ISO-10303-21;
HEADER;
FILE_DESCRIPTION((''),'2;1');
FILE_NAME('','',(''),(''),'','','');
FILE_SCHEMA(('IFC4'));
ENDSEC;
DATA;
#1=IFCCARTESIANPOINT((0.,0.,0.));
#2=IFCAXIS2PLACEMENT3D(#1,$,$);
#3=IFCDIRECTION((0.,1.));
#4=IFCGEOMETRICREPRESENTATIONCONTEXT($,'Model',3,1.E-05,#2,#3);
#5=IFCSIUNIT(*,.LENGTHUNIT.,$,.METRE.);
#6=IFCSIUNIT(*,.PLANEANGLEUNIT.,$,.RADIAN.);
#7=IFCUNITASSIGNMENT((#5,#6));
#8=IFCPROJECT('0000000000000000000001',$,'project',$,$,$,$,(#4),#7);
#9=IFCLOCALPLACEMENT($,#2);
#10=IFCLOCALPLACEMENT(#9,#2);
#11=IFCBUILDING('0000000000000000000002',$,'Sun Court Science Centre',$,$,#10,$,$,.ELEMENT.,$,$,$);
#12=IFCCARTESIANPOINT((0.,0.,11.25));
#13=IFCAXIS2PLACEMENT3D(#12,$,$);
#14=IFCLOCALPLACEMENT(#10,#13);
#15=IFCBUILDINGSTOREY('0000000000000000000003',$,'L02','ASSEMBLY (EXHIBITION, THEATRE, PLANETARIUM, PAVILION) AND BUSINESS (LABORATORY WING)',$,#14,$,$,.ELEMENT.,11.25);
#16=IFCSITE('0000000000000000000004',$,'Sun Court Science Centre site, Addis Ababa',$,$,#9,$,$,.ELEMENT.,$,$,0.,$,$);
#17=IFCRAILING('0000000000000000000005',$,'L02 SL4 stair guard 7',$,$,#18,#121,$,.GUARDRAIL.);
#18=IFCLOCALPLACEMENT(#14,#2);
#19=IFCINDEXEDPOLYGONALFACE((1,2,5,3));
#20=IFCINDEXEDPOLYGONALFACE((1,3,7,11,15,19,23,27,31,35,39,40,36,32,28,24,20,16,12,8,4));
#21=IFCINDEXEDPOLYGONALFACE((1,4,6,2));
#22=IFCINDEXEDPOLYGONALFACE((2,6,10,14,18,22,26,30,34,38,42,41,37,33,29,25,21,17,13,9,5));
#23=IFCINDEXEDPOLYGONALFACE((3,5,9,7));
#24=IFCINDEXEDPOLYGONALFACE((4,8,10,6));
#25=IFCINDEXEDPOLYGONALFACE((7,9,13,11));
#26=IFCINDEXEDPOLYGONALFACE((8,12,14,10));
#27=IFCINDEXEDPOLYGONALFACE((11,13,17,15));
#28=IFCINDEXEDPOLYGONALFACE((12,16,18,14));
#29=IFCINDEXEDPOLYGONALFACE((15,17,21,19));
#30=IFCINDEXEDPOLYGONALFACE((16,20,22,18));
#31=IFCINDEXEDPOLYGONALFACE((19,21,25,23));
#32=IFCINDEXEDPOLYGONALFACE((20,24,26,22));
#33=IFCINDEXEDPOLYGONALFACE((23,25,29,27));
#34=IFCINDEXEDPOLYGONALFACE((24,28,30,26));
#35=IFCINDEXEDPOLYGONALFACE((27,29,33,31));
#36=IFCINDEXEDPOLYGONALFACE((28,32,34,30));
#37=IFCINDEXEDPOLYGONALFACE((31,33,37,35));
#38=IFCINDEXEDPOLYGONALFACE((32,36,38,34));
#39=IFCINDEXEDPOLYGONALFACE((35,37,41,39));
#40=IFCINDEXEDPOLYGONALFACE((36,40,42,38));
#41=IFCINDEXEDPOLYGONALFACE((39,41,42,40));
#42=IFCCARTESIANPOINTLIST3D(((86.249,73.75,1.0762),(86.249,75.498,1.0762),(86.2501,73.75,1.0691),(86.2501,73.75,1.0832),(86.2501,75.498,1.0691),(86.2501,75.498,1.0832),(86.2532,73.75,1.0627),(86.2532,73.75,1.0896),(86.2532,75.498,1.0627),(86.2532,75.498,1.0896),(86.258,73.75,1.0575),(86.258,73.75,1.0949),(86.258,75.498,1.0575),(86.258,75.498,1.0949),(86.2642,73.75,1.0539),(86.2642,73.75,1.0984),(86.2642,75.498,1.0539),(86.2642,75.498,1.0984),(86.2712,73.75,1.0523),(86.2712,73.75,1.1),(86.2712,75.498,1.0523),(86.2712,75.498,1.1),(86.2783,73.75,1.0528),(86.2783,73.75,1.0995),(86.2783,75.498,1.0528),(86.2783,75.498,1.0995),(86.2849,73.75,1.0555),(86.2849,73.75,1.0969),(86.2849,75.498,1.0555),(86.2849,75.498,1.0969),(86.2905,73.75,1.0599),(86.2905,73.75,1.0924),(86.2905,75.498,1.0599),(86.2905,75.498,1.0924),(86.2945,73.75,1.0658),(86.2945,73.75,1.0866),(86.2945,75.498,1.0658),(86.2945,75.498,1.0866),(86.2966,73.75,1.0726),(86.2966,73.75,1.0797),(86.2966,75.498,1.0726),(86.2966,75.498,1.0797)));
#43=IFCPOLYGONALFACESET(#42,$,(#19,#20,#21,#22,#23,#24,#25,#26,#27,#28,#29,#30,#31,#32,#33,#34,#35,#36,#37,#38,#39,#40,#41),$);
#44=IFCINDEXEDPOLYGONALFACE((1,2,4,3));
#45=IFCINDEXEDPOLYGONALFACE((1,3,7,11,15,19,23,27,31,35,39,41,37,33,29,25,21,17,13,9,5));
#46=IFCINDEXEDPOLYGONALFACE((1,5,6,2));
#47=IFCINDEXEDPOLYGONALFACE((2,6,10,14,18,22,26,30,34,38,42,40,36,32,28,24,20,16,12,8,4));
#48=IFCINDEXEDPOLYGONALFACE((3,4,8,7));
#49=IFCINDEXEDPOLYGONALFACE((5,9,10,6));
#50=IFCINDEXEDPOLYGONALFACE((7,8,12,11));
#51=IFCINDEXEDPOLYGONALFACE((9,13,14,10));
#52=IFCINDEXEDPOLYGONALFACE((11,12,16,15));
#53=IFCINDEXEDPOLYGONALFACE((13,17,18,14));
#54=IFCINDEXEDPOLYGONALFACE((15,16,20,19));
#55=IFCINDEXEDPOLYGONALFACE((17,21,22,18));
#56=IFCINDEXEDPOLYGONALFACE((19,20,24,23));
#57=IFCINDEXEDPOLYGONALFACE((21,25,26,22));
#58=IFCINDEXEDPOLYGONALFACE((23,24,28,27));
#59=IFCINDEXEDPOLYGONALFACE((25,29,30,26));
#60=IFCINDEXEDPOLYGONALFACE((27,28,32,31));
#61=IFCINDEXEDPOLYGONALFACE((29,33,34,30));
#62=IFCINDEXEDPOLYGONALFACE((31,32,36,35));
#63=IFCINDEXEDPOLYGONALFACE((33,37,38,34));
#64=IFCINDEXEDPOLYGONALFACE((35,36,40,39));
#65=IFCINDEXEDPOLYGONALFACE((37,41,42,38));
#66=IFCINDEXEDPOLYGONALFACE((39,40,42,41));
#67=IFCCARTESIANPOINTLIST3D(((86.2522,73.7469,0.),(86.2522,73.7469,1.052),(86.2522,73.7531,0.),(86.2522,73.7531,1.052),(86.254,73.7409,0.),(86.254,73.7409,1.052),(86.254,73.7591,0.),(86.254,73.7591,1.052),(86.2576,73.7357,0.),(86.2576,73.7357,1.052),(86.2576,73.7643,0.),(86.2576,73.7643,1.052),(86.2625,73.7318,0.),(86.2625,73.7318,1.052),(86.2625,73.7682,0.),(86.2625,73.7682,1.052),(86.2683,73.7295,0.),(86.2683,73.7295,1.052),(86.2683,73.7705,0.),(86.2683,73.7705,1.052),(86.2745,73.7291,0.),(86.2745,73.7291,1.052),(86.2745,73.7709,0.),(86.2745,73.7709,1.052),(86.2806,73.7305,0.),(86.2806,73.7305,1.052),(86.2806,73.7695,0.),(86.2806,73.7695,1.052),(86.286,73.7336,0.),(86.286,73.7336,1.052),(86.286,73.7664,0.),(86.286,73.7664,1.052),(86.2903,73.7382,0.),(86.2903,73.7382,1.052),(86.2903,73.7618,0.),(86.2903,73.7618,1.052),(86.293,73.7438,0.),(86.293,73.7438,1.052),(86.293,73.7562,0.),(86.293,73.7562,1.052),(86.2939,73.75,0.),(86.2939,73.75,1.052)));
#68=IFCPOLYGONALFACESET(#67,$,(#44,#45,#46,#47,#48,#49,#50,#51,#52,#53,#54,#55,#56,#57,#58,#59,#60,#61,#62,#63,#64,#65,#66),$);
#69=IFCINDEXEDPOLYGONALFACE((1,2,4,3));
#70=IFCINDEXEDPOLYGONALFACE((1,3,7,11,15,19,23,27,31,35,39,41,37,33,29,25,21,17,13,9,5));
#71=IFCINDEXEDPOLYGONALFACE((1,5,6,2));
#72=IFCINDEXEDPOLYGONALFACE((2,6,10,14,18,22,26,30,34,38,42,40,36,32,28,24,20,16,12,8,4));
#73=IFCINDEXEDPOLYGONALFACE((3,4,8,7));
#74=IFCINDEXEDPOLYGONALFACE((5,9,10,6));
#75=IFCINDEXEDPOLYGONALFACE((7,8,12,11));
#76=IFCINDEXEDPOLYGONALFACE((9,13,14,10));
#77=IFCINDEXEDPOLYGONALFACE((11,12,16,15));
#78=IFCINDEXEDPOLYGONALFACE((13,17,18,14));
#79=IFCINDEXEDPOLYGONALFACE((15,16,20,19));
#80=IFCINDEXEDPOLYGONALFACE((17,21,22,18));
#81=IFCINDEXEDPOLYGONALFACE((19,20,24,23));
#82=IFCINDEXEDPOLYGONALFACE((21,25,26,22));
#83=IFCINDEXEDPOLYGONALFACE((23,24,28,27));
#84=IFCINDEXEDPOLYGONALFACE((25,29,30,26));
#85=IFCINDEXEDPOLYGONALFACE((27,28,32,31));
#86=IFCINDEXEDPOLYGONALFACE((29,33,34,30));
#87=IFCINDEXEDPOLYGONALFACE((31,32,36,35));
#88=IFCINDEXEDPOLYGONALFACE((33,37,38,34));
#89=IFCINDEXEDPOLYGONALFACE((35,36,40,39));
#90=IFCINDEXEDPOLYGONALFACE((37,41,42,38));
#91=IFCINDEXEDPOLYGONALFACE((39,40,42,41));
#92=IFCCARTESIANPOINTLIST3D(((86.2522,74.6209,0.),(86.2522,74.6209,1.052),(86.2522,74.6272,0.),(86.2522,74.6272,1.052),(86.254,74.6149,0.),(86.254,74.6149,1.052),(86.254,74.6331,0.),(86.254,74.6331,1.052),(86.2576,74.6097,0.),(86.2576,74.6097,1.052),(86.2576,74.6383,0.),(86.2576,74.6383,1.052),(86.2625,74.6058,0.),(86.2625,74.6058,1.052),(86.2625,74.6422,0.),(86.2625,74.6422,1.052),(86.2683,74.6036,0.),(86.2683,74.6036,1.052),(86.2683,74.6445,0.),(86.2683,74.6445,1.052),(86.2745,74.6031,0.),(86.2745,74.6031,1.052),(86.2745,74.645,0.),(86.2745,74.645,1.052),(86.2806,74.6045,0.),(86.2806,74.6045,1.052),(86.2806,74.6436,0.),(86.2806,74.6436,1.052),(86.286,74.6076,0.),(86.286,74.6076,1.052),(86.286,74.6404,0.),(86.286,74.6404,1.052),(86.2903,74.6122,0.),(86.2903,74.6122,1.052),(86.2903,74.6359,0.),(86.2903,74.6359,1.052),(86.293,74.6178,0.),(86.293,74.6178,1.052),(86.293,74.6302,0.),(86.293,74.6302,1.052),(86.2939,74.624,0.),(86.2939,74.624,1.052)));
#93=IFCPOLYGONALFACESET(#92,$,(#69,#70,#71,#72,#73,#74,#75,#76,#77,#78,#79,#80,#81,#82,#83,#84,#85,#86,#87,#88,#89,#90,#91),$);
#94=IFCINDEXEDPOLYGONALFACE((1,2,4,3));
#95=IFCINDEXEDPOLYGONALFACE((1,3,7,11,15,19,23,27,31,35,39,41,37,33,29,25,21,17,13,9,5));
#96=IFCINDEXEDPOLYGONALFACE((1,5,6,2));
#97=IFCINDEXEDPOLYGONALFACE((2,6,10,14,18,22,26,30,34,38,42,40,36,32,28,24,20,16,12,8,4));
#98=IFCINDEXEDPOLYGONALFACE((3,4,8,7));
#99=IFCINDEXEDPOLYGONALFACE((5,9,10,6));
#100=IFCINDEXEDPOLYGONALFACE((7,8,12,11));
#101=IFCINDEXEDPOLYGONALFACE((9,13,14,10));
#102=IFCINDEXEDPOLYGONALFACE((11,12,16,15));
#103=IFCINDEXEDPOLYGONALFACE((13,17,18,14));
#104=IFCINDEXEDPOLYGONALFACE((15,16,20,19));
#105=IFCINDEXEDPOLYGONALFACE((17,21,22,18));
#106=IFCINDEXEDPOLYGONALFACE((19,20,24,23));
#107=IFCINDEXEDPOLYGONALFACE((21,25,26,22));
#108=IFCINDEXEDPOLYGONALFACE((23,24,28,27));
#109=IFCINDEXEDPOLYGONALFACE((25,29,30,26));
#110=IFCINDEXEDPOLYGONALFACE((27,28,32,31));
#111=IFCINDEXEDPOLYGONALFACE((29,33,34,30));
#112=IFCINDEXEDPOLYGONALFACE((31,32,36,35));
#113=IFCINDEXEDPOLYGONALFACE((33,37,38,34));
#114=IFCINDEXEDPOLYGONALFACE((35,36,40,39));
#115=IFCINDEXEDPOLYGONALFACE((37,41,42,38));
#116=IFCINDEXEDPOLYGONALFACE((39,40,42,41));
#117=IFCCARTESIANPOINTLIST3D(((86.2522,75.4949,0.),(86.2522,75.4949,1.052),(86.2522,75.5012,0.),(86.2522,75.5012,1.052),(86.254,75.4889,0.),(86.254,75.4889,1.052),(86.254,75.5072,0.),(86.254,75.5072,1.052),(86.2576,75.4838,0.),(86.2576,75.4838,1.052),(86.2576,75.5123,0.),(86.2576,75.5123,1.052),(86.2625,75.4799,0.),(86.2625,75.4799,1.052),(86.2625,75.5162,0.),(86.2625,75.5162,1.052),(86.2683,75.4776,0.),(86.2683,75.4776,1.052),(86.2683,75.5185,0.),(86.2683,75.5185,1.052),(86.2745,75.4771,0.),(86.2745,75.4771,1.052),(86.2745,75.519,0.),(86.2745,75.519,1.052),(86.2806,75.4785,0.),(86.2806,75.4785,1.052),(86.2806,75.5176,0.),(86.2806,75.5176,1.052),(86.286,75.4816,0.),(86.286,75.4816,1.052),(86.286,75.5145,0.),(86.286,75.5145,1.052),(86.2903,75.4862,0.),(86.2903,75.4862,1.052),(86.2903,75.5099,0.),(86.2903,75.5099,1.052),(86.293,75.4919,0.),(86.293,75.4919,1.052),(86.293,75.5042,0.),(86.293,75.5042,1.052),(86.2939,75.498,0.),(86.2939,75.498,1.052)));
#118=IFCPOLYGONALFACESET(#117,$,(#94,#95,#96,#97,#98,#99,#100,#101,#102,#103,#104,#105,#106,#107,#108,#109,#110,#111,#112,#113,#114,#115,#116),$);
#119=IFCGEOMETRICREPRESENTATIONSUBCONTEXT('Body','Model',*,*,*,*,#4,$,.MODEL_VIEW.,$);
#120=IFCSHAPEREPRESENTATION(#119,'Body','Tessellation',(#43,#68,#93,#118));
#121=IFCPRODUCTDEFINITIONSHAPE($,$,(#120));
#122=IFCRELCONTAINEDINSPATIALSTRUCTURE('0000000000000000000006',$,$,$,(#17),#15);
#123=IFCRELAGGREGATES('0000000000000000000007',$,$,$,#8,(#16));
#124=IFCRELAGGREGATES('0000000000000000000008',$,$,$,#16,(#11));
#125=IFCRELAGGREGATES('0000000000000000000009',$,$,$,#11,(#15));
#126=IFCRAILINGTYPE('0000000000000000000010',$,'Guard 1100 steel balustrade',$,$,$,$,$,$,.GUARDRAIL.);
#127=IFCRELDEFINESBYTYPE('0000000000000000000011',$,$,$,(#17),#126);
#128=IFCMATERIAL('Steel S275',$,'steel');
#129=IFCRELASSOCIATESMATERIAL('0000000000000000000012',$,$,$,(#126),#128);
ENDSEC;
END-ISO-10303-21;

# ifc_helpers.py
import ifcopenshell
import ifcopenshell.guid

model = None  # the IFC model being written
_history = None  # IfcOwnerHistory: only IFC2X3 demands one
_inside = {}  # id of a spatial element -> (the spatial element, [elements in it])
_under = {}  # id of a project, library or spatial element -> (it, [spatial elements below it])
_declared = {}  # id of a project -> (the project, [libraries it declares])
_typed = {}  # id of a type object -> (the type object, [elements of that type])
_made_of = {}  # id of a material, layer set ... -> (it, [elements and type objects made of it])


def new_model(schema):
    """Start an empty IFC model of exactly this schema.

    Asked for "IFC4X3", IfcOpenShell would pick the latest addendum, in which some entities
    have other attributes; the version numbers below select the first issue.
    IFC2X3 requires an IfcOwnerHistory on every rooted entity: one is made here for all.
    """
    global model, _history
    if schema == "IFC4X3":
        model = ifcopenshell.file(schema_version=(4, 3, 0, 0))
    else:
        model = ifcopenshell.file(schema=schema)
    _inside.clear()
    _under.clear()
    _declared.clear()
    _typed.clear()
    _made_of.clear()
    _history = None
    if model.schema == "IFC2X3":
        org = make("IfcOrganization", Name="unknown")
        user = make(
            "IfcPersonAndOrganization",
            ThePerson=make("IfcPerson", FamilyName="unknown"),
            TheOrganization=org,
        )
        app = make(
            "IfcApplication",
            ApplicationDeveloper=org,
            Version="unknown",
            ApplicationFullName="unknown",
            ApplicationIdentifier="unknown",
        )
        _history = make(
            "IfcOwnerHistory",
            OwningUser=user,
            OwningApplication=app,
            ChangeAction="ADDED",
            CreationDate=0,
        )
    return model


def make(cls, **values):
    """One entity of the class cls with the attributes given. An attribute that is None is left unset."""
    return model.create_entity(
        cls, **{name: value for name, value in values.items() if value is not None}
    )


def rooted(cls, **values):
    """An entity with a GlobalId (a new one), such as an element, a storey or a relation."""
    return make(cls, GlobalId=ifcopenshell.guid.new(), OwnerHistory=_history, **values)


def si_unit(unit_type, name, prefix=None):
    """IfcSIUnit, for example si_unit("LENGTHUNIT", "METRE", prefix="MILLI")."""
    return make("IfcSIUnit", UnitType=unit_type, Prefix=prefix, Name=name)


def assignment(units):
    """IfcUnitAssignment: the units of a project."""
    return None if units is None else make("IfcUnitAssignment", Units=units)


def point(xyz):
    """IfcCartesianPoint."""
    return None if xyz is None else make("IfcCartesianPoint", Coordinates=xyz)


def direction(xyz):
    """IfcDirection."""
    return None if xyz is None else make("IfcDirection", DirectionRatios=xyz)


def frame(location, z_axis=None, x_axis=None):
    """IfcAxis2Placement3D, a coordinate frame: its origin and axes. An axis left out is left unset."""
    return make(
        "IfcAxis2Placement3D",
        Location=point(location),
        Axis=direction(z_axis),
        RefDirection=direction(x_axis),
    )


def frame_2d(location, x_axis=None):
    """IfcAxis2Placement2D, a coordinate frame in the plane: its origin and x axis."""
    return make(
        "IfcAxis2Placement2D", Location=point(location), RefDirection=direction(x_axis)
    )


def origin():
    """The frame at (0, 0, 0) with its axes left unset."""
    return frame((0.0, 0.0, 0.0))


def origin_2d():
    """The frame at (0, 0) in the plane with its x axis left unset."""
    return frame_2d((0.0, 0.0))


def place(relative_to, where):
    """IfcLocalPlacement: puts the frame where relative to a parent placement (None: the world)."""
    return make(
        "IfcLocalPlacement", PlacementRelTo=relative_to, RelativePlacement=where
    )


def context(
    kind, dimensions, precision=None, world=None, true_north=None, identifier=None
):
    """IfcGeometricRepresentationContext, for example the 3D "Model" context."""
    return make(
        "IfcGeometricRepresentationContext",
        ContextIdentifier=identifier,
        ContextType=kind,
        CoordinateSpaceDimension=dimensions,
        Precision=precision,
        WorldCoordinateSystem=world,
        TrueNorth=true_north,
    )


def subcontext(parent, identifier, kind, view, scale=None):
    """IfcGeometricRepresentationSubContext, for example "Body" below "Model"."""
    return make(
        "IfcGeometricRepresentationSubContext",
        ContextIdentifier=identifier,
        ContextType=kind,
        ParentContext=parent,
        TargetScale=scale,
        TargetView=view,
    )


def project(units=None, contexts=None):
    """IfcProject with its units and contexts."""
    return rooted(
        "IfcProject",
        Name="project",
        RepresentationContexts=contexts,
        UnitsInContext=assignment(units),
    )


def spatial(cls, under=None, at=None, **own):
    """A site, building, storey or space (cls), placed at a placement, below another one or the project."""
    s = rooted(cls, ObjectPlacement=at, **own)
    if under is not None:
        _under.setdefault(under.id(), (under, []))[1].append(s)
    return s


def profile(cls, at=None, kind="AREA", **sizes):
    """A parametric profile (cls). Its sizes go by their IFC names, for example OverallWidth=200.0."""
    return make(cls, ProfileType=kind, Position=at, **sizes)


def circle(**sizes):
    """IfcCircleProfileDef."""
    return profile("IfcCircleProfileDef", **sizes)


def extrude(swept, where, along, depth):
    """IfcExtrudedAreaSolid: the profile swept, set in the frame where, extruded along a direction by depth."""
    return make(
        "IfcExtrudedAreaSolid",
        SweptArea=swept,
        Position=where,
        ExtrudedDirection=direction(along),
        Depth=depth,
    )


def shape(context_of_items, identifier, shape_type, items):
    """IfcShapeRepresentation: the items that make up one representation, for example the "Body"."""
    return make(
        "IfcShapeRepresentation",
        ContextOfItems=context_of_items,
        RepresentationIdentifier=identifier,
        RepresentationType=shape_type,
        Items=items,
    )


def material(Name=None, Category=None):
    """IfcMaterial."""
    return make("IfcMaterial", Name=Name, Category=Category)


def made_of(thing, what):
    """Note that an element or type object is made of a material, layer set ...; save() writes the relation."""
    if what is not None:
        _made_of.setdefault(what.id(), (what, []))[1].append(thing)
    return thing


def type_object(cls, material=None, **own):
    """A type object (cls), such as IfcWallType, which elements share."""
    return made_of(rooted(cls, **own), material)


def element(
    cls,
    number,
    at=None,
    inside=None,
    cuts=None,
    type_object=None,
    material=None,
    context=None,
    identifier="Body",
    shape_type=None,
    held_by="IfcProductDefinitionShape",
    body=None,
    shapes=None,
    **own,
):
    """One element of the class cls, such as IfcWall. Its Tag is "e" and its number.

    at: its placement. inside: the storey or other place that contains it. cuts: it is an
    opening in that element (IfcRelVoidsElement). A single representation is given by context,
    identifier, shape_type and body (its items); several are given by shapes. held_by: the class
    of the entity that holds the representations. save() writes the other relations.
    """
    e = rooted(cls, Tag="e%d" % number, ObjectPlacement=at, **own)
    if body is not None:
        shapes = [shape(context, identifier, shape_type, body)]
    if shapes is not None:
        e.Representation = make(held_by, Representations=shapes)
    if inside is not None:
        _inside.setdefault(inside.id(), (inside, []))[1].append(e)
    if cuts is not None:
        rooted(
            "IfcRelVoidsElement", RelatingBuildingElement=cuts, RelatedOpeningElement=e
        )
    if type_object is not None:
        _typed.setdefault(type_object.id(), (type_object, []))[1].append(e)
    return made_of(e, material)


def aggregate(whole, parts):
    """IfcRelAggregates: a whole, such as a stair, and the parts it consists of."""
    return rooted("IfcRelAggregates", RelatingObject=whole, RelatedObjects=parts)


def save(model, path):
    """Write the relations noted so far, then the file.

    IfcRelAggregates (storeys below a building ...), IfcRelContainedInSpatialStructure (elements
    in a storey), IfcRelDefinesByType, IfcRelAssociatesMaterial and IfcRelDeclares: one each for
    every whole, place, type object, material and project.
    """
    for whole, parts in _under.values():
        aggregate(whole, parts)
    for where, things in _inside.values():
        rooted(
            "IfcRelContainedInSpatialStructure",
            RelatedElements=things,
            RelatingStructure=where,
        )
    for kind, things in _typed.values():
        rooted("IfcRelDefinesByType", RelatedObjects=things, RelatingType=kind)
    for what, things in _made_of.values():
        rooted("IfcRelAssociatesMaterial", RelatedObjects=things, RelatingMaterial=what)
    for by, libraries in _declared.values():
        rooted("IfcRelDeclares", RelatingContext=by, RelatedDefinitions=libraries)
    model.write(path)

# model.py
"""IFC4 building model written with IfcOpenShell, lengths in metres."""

from ifc_helpers import new_model, si_unit, direction, frame, origin, origin_2d, place, context, subcontext, project, spatial, circle, extrude, material, type_object, element, save


model = new_model("IFC4")

# Units and contexts
model_context = context("Model", 3, precision=1e-05, world=origin(), true_north=direction((0.0, 1.0)))
body_context = subcontext(model_context, "Body", "Model", "MODEL_VIEW")
ifc_project = project(units=[si_unit("LENGTHUNIT", "METRE"), si_unit("PLANEANGLEUNIT", "RADIAN")], contexts=[model_context])

# Site, building, storey
site_placement = place(None, origin())
site = spatial("IfcSite", under=ifc_project, at=site_placement, Name="Sun Court Science Centre site, Addis Ababa", CompositionType="ELEMENT", RefElevation=0.0)
building_placement = place(site_placement, origin())
building = spatial("IfcBuilding", under=site, at=building_placement, Name="Sun Court Science Centre", CompositionType="ELEMENT")
storey_placement = place(building_placement, frame((0.0, 0.0, 11.25)))
storey = spatial("IfcBuildingStorey", under=building, at=storey_placement, Name="L02", Description="ASSEMBLY (EXHIBITION, THEATRE, PLANETARIUM, PAVILION) AND BUSINESS (LABORATORY WING)", CompositionType="ELEMENT", Elevation=11.25)

# Railing
ifc_material_1 = material(Name="Steel S275", Category="steel")
railing_type = type_object("IfcRailingType", Name="Guard 1100 steel balustrade", PredefinedType="GUARDRAIL", material=ifc_material_1)
railing_1_placement = place(storey_placement, frame((86.2729, 73.75, 0.0)))
element("IfcRailing", 1, at=railing_1_placement, inside=storey, type_object=railing_type, Name="L02 SL4 stair guard 7", PredefinedType="GUARDRAIL", context=body_context, shape_type="SweptSolid", body=[
    extrude(circle(Radius=0.0239, at=origin_2d()), frame((0.0, 0.0, 1.0762), z_axis=(0.0, 1.0, 0.0), x_axis=(-1.0, 0.0, 0.0)), (0.0, 0.0, 1.0), 1.748),
    extrude(circle(Radius=0.021, at=origin_2d()), origin(), (0.0, 0.0, 1.0), 1.052),
    extrude(circle(Radius=0.021, at=origin_2d()), frame((0.0, 0.874, 0.0)), (0.0, 0.0, 1.0), 1.052),
    extrude(circle(Radius=0.021, at=origin_2d()), frame((0.0, 1.748, 0.0)), (0.0, 0.0, 1.0), 1.052),
])

save(model, "model.ifc")
